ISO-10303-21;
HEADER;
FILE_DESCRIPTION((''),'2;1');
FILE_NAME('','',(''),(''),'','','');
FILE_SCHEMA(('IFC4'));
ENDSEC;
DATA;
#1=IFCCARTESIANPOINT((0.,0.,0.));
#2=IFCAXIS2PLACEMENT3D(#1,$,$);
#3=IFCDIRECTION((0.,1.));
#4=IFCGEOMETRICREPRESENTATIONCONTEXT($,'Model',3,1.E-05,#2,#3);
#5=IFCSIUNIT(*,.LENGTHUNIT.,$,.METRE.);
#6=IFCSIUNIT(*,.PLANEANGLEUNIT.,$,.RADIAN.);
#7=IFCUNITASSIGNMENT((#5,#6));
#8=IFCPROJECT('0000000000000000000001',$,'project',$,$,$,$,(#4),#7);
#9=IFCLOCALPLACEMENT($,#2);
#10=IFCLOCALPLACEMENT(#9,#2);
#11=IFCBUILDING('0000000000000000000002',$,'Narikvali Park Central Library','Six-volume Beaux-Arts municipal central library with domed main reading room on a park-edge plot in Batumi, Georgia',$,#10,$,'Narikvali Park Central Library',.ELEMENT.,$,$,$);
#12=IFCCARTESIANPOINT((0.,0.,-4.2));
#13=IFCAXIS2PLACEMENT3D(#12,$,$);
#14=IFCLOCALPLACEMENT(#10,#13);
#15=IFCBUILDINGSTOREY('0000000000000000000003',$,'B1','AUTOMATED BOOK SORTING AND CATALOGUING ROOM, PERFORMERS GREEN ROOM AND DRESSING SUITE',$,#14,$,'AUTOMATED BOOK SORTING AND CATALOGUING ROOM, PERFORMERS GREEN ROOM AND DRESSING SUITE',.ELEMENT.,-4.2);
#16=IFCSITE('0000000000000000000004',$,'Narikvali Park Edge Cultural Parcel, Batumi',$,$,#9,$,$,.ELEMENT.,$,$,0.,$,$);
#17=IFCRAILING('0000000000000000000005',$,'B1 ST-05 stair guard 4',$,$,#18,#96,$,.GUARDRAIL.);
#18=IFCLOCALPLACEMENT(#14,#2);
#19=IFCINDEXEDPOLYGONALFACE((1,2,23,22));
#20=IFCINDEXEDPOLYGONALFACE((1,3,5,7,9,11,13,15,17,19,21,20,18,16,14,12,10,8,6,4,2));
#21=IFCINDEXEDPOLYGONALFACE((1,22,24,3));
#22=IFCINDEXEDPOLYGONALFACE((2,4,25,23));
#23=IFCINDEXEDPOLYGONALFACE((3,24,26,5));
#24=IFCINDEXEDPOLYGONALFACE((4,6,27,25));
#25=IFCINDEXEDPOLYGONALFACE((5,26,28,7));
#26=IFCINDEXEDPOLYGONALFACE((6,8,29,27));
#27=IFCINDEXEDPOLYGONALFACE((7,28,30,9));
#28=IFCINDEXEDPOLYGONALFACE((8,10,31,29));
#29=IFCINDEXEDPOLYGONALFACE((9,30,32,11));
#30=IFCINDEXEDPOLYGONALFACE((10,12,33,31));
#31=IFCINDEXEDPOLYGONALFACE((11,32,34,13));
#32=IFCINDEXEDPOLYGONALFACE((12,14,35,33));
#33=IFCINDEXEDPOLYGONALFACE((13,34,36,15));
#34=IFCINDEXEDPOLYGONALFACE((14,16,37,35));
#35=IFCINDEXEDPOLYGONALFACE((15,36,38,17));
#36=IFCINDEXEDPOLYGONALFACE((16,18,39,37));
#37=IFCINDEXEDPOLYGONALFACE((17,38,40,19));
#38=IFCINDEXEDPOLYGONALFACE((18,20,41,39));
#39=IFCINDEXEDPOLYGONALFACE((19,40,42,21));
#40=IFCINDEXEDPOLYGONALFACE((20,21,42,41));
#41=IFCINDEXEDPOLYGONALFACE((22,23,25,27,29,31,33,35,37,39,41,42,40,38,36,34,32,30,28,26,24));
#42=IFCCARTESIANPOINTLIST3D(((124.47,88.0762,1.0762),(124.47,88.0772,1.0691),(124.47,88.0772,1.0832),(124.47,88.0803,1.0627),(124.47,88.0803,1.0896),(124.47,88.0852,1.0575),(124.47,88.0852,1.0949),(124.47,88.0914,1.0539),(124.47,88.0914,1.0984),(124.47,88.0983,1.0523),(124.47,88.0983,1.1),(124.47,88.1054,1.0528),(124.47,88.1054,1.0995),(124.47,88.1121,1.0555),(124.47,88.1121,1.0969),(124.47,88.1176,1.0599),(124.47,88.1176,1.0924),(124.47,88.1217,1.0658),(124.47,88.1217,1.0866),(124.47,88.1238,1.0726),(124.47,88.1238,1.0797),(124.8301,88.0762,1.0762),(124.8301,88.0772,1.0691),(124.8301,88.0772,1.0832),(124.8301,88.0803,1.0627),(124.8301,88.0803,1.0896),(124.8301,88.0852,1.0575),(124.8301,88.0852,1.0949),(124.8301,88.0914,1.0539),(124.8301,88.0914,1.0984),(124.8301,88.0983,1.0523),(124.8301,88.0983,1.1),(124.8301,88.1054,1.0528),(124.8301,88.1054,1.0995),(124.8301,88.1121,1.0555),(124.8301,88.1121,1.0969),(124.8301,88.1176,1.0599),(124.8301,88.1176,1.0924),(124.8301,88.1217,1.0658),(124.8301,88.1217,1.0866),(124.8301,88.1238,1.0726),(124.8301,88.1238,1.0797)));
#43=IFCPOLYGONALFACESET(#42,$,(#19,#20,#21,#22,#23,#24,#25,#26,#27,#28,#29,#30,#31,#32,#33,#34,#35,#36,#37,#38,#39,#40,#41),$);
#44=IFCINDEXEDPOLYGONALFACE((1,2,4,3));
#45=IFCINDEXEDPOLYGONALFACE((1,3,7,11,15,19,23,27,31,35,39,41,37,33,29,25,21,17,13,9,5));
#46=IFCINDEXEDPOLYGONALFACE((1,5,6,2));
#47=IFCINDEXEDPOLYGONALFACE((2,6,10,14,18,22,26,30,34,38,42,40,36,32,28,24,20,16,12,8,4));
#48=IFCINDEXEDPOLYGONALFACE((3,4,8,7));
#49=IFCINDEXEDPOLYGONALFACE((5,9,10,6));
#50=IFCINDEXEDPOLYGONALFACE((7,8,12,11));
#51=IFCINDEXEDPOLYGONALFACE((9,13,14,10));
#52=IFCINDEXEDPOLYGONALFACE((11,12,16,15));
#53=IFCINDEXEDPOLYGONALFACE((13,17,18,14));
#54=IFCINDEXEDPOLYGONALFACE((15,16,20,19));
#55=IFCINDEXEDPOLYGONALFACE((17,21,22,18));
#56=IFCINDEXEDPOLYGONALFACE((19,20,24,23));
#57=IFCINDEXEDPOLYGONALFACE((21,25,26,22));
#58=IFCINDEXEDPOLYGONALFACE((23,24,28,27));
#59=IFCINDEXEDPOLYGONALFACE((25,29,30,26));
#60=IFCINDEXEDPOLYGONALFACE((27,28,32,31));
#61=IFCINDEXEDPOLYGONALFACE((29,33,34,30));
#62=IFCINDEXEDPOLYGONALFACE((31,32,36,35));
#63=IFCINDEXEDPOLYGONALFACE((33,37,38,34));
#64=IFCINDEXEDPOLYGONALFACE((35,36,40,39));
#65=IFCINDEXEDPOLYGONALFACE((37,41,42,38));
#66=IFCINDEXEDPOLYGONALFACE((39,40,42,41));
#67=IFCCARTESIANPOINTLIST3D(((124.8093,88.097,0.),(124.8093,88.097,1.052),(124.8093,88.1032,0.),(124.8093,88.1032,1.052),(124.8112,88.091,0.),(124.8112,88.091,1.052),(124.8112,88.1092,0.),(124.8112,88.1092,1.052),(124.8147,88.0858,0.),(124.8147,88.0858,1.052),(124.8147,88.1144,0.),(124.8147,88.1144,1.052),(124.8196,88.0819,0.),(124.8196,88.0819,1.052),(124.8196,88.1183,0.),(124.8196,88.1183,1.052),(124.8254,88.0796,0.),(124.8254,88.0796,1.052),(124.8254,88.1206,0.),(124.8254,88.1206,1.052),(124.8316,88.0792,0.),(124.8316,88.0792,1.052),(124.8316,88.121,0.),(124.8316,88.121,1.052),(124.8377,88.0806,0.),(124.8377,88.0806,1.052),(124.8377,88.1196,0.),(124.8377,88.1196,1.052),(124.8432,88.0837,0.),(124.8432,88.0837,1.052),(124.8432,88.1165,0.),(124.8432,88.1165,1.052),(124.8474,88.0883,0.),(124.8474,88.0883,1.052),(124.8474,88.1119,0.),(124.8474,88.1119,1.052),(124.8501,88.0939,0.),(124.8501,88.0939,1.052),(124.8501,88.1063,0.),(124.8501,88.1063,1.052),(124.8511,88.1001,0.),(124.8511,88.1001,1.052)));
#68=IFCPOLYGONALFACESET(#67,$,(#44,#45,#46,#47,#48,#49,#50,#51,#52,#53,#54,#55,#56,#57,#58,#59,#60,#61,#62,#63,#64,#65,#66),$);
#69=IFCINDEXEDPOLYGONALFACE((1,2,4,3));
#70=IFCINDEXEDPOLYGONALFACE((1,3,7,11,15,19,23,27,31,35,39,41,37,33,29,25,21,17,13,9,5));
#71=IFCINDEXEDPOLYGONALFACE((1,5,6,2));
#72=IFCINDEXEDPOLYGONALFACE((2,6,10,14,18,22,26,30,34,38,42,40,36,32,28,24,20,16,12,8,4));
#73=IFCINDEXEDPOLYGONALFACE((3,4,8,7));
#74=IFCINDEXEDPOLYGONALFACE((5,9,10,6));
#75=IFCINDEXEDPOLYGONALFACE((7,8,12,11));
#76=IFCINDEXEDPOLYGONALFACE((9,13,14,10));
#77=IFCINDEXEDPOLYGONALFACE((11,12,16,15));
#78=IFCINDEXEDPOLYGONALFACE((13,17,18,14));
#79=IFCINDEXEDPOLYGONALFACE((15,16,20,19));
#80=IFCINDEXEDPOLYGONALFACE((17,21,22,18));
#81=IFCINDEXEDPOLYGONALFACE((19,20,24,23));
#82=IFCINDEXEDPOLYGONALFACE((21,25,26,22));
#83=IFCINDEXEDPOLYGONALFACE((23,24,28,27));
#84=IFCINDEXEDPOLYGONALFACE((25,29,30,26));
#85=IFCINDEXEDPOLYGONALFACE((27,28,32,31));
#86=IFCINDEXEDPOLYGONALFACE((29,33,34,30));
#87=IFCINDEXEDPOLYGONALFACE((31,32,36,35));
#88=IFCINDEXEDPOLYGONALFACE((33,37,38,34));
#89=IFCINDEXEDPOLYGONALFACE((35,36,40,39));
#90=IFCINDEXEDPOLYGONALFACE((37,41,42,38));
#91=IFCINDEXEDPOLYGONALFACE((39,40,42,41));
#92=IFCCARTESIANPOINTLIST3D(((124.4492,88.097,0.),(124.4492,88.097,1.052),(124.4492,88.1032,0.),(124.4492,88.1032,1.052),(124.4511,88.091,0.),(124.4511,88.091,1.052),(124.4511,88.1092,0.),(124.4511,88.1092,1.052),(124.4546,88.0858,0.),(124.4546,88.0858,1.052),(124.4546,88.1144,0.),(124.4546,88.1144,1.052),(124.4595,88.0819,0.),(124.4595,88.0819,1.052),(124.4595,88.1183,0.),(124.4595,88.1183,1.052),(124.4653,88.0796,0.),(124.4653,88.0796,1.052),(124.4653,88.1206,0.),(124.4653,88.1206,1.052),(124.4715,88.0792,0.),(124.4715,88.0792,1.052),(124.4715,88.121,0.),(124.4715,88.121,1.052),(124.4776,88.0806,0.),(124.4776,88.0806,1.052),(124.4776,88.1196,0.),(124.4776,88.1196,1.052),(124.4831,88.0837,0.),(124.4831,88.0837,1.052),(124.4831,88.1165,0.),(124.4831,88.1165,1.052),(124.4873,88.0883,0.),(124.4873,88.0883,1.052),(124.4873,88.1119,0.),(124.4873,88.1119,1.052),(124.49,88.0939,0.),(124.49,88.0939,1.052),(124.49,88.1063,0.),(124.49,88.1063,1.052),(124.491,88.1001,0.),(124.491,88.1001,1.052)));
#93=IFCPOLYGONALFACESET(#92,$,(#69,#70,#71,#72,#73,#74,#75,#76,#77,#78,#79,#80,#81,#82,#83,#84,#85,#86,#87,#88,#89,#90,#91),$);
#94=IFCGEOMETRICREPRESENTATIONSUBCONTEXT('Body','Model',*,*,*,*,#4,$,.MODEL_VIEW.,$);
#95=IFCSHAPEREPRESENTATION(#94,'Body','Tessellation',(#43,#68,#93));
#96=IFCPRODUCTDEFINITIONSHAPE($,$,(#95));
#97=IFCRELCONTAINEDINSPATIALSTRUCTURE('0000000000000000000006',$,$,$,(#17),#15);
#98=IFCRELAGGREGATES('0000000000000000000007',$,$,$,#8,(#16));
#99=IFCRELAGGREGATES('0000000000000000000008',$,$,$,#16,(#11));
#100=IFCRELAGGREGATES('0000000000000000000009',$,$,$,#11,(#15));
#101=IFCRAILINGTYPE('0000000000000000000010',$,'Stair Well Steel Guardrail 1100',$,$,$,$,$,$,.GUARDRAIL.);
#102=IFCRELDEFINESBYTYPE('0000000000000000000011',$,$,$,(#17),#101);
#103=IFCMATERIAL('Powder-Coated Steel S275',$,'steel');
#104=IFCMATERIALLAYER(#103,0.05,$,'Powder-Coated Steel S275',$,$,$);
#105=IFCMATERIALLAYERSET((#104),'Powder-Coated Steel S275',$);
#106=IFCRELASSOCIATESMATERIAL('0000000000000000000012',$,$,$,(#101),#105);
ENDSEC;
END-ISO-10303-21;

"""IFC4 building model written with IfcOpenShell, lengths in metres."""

from ifc_helpers import new_model, si_unit, direction, frame, origin, origin_2d, place, context, subcontext, project, spatial, circle, extrude, material, layer, layer_set, type_object, element, save


model = new_model("IFC4")

# Units and contexts
model_context = context("Model", 3, precision=1e-05, world=origin(), true_north=direction((0.0, 1.0)))
body_context = subcontext(model_context, "Body", "Model", "MODEL_VIEW")
ifc_project = project(units=[si_unit("LENGTHUNIT", "METRE"), si_unit("PLANEANGLEUNIT", "RADIAN")], contexts=[model_context])

# Site, building, storey
site_placement = place(None, origin())
site = spatial("IfcSite", under=ifc_project, at=site_placement, Name="Narikvali Park Edge Cultural Parcel, Batumi", CompositionType="ELEMENT", RefElevation=0.0)
building_placement = place(site_placement, origin())
building = spatial("IfcBuilding", under=site, at=building_placement, Name="Narikvali Park Central Library", Description="Six-volume Beaux-Arts municipal central library with domed main reading room on a park-edge plot in Batumi, Georgia", LongName="Narikvali Park Central Library", CompositionType="ELEMENT")
storey_placement = place(building_placement, frame((0.0, 0.0, -4.2)))
storey = spatial("IfcBuildingStorey", under=building, at=storey_placement, Name="B1", Description="AUTOMATED BOOK SORTING AND CATALOGUING ROOM, PERFORMERS GREEN ROOM AND DRESSING SUITE", LongName="AUTOMATED BOOK SORTING AND CATALOGUING ROOM, PERFORMERS GREEN ROOM AND DRESSING SUITE", CompositionType="ELEMENT", Elevation=-4.2)

# Railing
ifc_material_1 = material(Name="Powder-Coated Steel S275", Category="steel")
ifc_layer_1 = layer(ifc_material_1, 0.05, Name="Powder-Coated Steel S275")
ifc_layer_set_1 = layer_set([ifc_layer_1], Name="Powder-Coated Steel S275")
railing_type_1 = type_object("IfcRailingType", Name="Stair Well Steel Guardrail 1100", PredefinedType="GUARDRAIL", material=ifc_layer_set_1)
railing_1_placement = place(storey_placement, frame((124.8301, 88.1001, 0.0)))
element("IfcRailing", 1, at=railing_1_placement, inside=storey, type_object=railing_type_1, Name="B1 ST-05 stair guard 4", PredefinedType="GUARDRAIL", context=body_context, shape_type="SweptSolid", body=[
    extrude(circle(Radius=0.0239, at=origin_2d()), frame((0.0, 0.0, 1.0762), z_axis=(-1.0, 0.0, 0.0), x_axis=(0.0, -1.0, 0.0)), (0.0, 0.0, 1.0), 0.3601),
    extrude(circle(Radius=0.021, at=origin_2d()), origin(), (0.0, 0.0, 1.0), 1.052),
    extrude(circle(Radius=0.021, at=origin_2d()), frame((-0.3601, 0.0, 0.0)), (0.0, 0.0, 1.0), 1.052),
])

save(model, "model.ifc")
